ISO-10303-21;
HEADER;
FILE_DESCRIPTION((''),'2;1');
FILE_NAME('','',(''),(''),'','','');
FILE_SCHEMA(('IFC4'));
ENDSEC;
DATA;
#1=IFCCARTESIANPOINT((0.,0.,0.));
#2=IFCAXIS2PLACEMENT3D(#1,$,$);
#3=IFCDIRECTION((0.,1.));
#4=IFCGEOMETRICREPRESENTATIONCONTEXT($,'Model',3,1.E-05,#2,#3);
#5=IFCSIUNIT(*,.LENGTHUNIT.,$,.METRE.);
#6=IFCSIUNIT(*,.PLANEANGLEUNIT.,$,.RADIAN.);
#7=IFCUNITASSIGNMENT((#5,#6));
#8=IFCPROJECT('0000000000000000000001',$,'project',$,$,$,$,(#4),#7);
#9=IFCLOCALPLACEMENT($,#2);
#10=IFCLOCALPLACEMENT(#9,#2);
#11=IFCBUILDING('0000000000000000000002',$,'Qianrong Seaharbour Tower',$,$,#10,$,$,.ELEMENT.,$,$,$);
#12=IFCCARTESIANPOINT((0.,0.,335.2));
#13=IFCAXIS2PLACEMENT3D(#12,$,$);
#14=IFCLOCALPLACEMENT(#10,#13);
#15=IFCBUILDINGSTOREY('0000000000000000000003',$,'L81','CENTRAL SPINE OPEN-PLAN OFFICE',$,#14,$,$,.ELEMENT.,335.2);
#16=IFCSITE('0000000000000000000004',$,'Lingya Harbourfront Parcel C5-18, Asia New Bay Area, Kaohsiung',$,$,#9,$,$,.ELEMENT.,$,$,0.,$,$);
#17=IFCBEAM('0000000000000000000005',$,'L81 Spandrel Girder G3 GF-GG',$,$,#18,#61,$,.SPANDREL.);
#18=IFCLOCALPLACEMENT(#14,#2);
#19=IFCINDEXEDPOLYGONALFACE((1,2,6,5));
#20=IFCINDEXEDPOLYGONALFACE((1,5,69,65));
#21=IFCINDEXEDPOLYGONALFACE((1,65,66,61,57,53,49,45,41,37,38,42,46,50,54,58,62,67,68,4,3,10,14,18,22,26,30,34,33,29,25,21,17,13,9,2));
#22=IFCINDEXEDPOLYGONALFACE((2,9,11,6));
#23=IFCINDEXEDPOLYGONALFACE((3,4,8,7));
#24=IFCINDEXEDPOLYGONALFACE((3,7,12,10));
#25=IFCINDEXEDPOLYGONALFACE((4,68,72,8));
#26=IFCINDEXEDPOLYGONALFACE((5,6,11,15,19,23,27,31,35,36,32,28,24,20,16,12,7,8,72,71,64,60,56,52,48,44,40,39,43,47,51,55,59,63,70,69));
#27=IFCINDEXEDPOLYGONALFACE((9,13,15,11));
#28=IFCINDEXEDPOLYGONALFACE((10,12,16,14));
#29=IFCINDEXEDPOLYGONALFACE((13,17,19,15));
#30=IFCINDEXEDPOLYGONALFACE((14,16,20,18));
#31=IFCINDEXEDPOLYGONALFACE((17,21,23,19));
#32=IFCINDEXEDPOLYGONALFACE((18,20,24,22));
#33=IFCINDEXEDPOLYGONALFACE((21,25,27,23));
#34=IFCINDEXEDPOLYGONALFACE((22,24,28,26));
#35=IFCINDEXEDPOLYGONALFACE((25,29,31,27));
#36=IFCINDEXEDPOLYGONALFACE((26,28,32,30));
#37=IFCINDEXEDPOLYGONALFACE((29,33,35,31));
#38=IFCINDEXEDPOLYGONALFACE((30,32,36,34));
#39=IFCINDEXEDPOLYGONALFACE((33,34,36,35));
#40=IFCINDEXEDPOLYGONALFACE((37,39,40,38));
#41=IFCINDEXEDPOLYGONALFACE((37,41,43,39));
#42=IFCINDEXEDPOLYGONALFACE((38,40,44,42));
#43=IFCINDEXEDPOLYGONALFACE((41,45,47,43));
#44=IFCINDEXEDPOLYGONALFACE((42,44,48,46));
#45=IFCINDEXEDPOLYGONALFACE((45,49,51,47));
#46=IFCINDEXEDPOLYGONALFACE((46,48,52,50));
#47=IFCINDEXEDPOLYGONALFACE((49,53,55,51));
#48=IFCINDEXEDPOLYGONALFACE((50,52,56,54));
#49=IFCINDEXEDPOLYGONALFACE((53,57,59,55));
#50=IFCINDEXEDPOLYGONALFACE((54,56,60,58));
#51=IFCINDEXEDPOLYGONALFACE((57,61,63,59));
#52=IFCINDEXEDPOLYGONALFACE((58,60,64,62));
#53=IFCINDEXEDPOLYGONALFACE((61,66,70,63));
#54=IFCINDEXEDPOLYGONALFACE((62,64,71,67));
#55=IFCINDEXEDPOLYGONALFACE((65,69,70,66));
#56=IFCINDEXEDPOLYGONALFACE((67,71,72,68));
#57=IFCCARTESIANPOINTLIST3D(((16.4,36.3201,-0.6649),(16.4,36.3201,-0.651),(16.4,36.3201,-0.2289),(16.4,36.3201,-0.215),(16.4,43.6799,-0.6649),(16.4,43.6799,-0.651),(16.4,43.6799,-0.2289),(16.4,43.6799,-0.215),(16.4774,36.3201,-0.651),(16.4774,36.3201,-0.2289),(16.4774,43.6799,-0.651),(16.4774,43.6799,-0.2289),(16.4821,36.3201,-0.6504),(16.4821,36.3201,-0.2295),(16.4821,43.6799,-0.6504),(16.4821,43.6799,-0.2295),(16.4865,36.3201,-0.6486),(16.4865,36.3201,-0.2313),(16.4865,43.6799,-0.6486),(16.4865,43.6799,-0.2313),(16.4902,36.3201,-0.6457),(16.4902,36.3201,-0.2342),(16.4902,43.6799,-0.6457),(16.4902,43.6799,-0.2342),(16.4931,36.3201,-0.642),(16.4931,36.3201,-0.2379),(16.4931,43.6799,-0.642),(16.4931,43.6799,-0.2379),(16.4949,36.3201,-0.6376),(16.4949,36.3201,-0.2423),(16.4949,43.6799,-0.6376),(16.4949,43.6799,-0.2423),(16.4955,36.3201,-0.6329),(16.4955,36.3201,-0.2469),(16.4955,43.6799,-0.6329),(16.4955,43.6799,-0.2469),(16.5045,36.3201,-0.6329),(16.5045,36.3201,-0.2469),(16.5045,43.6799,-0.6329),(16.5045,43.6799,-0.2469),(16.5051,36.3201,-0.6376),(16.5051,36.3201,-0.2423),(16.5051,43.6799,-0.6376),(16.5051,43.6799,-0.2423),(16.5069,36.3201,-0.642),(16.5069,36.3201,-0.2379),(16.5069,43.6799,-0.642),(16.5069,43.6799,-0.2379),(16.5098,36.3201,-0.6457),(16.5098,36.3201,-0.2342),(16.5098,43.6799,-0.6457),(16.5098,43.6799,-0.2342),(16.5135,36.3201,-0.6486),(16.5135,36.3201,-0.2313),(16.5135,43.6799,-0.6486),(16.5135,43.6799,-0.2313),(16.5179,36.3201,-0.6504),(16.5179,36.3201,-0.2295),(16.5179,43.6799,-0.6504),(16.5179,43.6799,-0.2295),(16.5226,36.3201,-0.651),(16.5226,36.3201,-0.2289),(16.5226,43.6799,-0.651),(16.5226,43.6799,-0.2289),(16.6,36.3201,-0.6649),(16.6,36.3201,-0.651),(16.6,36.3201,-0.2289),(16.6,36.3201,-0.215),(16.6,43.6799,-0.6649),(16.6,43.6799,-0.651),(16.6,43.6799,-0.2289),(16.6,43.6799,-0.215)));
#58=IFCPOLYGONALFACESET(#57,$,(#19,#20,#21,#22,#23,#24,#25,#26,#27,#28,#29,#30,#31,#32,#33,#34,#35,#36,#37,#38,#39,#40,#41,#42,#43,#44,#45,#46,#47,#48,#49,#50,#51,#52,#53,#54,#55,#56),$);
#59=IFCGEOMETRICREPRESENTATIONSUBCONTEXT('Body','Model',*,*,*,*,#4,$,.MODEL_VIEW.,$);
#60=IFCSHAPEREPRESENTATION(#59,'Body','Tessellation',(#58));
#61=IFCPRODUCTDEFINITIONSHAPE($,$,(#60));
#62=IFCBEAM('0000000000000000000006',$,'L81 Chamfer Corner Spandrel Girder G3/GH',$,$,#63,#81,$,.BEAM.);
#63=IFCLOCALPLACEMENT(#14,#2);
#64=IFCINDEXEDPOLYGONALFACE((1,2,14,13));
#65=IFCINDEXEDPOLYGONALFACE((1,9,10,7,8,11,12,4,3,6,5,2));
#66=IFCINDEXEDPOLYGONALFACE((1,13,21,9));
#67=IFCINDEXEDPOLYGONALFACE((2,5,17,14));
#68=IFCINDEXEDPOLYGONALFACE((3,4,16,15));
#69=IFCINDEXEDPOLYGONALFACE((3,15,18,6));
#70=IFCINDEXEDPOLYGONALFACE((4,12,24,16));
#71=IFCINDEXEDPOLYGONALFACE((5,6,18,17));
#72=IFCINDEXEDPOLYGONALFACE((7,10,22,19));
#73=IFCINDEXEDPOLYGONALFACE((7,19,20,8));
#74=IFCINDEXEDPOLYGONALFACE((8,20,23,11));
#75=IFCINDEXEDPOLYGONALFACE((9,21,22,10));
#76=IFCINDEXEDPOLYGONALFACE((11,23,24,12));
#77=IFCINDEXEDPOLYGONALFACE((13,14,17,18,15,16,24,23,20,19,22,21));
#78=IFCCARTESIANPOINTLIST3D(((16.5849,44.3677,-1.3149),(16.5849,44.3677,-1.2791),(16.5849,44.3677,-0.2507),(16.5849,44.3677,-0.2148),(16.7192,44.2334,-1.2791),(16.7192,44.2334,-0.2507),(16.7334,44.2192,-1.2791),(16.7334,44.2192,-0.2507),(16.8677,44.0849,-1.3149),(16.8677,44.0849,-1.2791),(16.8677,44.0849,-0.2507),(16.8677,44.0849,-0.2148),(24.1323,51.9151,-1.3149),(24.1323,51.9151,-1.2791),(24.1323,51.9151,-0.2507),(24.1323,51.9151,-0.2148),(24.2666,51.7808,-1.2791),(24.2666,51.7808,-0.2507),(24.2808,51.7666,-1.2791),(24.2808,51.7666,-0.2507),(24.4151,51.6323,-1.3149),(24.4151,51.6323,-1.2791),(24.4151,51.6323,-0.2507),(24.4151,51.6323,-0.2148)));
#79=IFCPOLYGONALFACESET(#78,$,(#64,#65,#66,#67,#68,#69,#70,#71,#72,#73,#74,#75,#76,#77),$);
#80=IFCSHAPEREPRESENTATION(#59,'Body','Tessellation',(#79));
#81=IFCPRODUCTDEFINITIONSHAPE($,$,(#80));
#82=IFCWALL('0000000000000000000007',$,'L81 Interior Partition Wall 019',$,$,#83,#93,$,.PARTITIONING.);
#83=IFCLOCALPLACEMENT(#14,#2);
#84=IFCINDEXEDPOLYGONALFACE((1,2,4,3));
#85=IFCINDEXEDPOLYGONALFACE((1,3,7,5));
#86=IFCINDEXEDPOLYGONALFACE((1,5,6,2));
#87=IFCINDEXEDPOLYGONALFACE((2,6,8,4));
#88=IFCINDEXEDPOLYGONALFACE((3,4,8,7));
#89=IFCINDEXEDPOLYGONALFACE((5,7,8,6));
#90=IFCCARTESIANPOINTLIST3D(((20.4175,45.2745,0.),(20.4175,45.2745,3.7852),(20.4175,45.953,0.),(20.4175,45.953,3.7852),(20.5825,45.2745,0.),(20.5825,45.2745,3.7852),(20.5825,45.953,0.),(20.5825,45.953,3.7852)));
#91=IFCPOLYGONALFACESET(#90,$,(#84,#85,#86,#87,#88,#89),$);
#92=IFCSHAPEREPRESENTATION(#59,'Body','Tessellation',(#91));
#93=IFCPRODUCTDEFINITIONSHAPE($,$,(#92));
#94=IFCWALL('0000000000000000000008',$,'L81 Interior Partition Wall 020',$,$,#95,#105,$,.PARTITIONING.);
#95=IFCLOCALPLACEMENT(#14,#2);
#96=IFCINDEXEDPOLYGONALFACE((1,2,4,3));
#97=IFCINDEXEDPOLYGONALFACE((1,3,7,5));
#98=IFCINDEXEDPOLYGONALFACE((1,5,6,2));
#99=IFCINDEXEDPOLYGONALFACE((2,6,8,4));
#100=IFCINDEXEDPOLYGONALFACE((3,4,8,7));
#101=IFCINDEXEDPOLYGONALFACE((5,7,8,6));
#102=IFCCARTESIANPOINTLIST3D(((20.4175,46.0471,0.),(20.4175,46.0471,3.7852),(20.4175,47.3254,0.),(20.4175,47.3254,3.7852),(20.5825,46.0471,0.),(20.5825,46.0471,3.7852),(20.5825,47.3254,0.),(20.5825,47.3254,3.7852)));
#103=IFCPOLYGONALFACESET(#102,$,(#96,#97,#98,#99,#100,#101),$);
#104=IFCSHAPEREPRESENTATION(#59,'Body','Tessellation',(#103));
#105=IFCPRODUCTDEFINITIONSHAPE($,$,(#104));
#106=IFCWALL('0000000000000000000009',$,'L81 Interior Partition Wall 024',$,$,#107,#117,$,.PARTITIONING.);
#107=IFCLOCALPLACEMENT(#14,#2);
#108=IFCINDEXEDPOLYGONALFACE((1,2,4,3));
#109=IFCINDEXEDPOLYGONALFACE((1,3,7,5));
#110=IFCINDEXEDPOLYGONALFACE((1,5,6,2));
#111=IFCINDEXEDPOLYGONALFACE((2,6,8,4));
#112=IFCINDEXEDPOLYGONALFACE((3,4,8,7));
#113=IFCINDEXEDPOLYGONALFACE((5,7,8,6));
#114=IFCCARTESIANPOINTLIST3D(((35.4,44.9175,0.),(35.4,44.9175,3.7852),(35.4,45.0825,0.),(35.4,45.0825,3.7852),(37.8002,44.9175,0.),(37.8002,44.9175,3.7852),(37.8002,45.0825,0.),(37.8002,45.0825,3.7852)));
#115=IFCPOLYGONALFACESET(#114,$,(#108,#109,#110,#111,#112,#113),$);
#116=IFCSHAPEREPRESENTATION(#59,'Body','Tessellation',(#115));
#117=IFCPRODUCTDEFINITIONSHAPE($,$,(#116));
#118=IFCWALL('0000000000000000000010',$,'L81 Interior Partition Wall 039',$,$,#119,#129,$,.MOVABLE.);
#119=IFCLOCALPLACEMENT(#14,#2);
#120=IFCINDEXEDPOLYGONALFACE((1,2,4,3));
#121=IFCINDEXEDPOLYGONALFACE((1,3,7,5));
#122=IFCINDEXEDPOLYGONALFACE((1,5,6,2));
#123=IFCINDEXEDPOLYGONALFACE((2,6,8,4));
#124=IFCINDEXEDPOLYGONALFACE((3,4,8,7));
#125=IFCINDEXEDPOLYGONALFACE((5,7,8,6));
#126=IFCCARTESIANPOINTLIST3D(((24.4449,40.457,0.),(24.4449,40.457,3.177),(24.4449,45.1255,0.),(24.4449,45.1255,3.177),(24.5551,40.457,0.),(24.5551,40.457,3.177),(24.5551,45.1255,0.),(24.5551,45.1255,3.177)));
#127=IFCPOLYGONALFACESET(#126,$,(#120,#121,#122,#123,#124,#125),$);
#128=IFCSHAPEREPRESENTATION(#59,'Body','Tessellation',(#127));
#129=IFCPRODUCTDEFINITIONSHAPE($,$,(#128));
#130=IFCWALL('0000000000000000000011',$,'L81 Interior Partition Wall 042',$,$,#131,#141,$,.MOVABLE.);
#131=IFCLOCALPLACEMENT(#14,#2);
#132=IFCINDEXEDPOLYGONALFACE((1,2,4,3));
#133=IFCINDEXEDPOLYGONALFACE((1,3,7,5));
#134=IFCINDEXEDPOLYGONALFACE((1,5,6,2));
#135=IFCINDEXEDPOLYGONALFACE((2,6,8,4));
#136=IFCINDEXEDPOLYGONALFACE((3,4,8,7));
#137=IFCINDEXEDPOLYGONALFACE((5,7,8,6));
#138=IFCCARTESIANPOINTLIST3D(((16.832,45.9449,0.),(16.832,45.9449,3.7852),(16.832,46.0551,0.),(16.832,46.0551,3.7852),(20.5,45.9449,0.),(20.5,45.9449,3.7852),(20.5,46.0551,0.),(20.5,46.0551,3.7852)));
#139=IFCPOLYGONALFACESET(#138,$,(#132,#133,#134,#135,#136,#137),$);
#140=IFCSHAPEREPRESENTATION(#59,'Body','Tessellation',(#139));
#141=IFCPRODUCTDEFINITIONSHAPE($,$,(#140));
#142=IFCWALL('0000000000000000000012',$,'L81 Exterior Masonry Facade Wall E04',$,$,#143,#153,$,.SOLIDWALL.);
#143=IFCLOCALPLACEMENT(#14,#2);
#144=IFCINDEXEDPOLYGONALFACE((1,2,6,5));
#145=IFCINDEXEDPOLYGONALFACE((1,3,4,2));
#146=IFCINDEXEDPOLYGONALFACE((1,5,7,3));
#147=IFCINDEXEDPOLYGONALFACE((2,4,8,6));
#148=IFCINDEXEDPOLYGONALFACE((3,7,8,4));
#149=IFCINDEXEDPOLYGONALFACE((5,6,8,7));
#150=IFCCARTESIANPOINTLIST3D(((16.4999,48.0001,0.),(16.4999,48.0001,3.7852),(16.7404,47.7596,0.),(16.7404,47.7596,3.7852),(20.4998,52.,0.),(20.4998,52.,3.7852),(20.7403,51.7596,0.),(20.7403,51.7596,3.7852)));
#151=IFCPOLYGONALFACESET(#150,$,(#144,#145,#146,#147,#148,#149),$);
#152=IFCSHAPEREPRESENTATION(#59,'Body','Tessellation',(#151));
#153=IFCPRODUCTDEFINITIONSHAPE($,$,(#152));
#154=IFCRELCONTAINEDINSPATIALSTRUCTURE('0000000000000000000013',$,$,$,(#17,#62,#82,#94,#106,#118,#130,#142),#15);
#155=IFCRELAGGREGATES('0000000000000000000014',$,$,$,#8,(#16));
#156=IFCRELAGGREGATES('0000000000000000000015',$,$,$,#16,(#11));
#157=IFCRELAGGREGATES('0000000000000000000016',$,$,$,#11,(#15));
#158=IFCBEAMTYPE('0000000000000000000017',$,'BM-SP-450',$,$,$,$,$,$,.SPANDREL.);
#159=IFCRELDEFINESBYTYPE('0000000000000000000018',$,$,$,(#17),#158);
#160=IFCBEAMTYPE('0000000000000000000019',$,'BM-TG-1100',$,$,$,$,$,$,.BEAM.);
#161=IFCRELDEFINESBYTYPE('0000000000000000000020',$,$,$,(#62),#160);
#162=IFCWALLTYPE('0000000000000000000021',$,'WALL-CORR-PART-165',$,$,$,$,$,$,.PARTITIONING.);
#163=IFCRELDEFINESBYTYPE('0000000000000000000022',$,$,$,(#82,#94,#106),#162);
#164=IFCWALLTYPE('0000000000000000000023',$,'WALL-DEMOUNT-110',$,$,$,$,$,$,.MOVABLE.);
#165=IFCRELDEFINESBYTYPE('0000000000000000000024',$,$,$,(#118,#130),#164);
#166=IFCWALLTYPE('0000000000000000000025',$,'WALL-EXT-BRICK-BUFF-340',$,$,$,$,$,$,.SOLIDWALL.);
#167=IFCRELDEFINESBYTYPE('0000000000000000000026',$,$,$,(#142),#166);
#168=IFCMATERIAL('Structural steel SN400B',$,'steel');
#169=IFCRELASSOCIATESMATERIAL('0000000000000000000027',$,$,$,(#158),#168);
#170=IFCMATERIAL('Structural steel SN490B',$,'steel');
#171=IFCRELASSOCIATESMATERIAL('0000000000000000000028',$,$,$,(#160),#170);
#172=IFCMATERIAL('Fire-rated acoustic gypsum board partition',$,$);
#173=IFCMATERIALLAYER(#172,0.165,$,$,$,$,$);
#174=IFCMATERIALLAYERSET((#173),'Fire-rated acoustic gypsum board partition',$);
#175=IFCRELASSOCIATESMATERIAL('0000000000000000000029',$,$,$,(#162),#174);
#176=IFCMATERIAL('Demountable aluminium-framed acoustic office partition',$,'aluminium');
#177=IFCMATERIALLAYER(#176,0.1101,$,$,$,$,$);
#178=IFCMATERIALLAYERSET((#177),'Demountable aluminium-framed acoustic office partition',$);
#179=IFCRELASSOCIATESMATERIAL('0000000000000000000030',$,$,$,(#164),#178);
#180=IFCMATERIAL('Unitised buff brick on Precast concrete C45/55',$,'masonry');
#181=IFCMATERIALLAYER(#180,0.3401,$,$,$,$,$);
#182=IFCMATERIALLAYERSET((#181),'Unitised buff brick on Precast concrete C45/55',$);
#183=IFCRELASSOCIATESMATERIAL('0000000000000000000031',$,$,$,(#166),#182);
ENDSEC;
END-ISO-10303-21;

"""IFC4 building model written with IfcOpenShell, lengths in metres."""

from ifc_helpers import new_model, si_unit, direction, frame, frame_2d, origin, origin_2d, place, context, subcontext, project, spatial, rectangle, i_section, extrude, material, layer, layer_set, material_profile, profile_set, type_object, element, save


model = new_model("IFC4")

# Units and contexts
model_context = context("Model", 3, precision=1e-05, world=origin(), true_north=direction((0.0, 1.0)))
body_context = subcontext(model_context, "Body", "Model", "MODEL_VIEW")
ifc_project = project(units=[si_unit("LENGTHUNIT", "METRE"), si_unit("PLANEANGLEUNIT", "RADIAN")], contexts=[model_context])

# Site, building, storey
site_placement = place(None, origin())
site = spatial("IfcSite", under=ifc_project, at=site_placement, Name="Lingya Harbourfront Parcel C5-18, Asia New Bay Area, Kaohsiung", CompositionType="ELEMENT", RefElevation=0.0)
building_placement = place(site_placement, origin())
building = spatial("IfcBuilding", under=site, at=building_placement, Name="Qianrong Seaharbour Tower", CompositionType="ELEMENT")
storey_placement = place(building_placement, frame((0.0, 0.0, 335.2)))
storey = spatial("IfcBuildingStorey", under=building, at=storey_placement, Name="L81", Description="CENTRAL SPINE OPEN-PLAN OFFICE", CompositionType="ELEMENT", Elevation=335.2)

# Shared definitions
ifc_material_1 = material(Name="Structural steel SN490B", Category="steel")
ifc_material_2 = material(Name="Structural steel SN400B", Category="steel")

# Beams
ifc_material_profile_1 = material_profile(ifc_material_2, i_section(OverallWidth=0.2, OverallDepth=0.45, WebThickness=0.009, FlangeThickness=0.0139, FilletRadius=0.0181, at=origin_2d()), Name="H450x200x9x14")
ifc_profile_set_1 = profile_set([ifc_material_profile_1], Name="Structural steel SN400B")
beam_type_1 = type_object("IfcBeamType", Name="BM-SP-450", PredefinedType="SPANDREL", material=ifc_profile_set_1)
for number, where, z_axis, x_axis, name in (
    (1, (16.5, 36.3201, -0.4399), (0.0, 1.0, 0.0), (-1.0, 0.0, 0.0), "L81 Spandrel Girder G3 GF-GG"),
):
    element("IfcBeam", number, at=place(storey_placement, frame(where, z_axis=z_axis, x_axis=x_axis)), inside=storey, type_object=beam_type_1, Name=name, PredefinedType="SPANDREL", context=body_context, shape_type="SweptSolid", body=[
        extrude(i_section(OverallWidth=0.2, OverallDepth=0.45, WebThickness=0.009, FlangeThickness=0.0139, FilletRadius=0.0181, at=origin_2d()), origin(), (0.0, 0.0, 1.0), 7.3599),
    ])
ifc_material_profile_2 = material_profile(ifc_material_1, i_section(OverallWidth=0.3999, OverallDepth=1.1001, WebThickness=0.02, FlangeThickness=0.0359, at=origin_2d()), Name="BH1100x400x20x36")
ifc_profile_set_2 = profile_set([ifc_material_profile_2], Name="Structural steel SN490B")
beam_type_2 = type_object("IfcBeamType", Name="BM-TG-1100", PredefinedType="BEAM", material=ifc_profile_set_2)
beam_1_placement = place(storey_placement, frame((24.2737, 51.7737, -0.7649), z_axis=(-0.707107, -0.707107, 0.0), x_axis=(0.707107, -0.707107, 0.0)))
element("IfcBeam", 2, at=beam_1_placement, inside=storey, type_object=beam_type_2, Name="L81 Chamfer Corner Spandrel Girder G3/GH", PredefinedType="BEAM", context=body_context, shape_type="SweptSolid", body=[
    extrude(i_section(OverallWidth=0.3999, OverallDepth=1.1001, WebThickness=0.02, FlangeThickness=0.0359, at=origin_2d()), origin(), (0.0, 0.0, 1.0), 10.6736),
])

# Shared definitions
ifc_material_3 = material(Name="Fire-rated acoustic gypsum board partition")
ifc_layer_1 = layer(ifc_material_3, 0.165)
ifc_layer_set_1 = layer_set([ifc_layer_1], Name="Fire-rated acoustic gypsum board partition")
wall_type_1 = type_object("IfcWallType", Name="WALL-CORR-PART-165", PredefinedType="PARTITIONING", material=ifc_layer_set_1)

# Walls
wall_1_placement = place(storey_placement, frame((20.5, 45.2744, 0.0), z_axis=(0.0, 0.0, 1.0), x_axis=(0.0, 1.0, 0.0)))
element("IfcWall", 3, at=wall_1_placement, inside=storey, type_object=wall_type_1, Name="L81 Interior Partition Wall 019", PredefinedType="PARTITIONING", context=body_context, shape_type="SweptSolid", body=[
    extrude(rectangle(XDim=0.6785, YDim=0.165, at=frame_2d((0.3394, 0.0))), origin(), (0.0, 0.0, 1.0), 3.7852),
])
wall_2_placement = place(storey_placement, frame((20.5, 46.0471, 0.0), z_axis=(0.0, 0.0, 1.0), x_axis=(0.0, 1.0, 0.0)))
element("IfcWall", 4, at=wall_2_placement, inside=storey, type_object=wall_type_1, Name="L81 Interior Partition Wall 020", PredefinedType="PARTITIONING", context=body_context, shape_type="SweptSolid", body=[
    extrude(rectangle(XDim=1.2783, YDim=0.165, at=frame_2d((0.6392, 0.0))), origin(), (0.0, 0.0, 1.0), 3.7852),
])

# Walls
wall_3_placement = place(storey_placement, frame((35.3999, 45.0, 0.0), z_axis=(0.0, 0.0, 1.0), x_axis=(1.0, 0.0, 0.0)))
element("IfcWall", 5, at=wall_3_placement, inside=storey, type_object=wall_type_1, Name="L81 Interior Partition Wall 024", PredefinedType="PARTITIONING", context=body_context, shape_type="SweptSolid", body=[
    extrude(rectangle(XDim=2.4001, YDim=0.165, at=frame_2d((1.2002, 0.0))), origin(), (0.0, 0.0, 1.0), 3.7852),
])
ifc_material_4 = material(Name="Demountable aluminium-framed acoustic office partition", Category="aluminium")
ifc_layer_2 = layer(ifc_material_4, 0.1101)
ifc_layer_set_2 = layer_set([ifc_layer_2], Name="Demountable aluminium-framed acoustic office partition")
wall_type_2 = type_object("IfcWallType", Name="WALL-DEMOUNT-110", PredefinedType="MOVABLE", material=ifc_layer_set_2)
wall_4_placement = place(storey_placement, frame((24.5, 40.457, 0.0), z_axis=(0.0, 0.0, 1.0), x_axis=(0.0, 1.0, 0.0)))
element("IfcWall", 6, at=wall_4_placement, inside=storey, type_object=wall_type_2, Name="L81 Interior Partition Wall 039", PredefinedType="MOVABLE", context=body_context, shape_type="SweptSolid", body=[
    extrude(rectangle(XDim=4.6685, YDim=0.1101, at=frame_2d((2.3342, 0.0))), origin(), (0.0, 0.0, 1.0), 3.177),
])
wall_5_placement = place(storey_placement, frame((16.832, 46.0, 0.0), z_axis=(0.0, 0.0, 1.0), x_axis=(1.0, 0.0, 0.0)))
element("IfcWall", 7, at=wall_5_placement, inside=storey, type_object=wall_type_2, Name="L81 Interior Partition Wall 042", PredefinedType="MOVABLE", context=body_context, shape_type="SweptSolid", body=[
    extrude(rectangle(XDim=3.668, YDim=0.1101, at=frame_2d((1.834, 0.0))), origin(), (0.0, 0.0, 1.0), 3.7852),
])
ifc_material_5 = material(Name="Unitised buff brick on Precast concrete C45/55", Category="masonry")
ifc_layer_3 = layer(ifc_material_5, 0.3401)
ifc_layer_set_3 = layer_set([ifc_layer_3], Name="Unitised buff brick on Precast concrete C45/55")
wall_type_3 = type_object("IfcWallType", Name="WALL-EXT-BRICK-BUFF-340", PredefinedType="SOLIDWALL", material=ifc_layer_set_3)
wall_6_placement = place(storey_placement, frame((16.6201, 47.8799, 0.0), z_axis=(0.0, 0.0, 1.0), x_axis=(0.707107, 0.707107, 0.0)))
element("IfcWall", 8, at=wall_6_placement, inside=storey, type_object=wall_type_3, Name="L81 Exterior Masonry Facade Wall E04", PredefinedType="SOLIDWALL", context=body_context, shape_type="SweptSolid", body=[
    extrude(rectangle(XDim=5.6567, YDim=0.3401, at=frame_2d((2.8284, 0.0))), origin(), (0.0, 0.0, 1.0), 3.7852),
])

save(model, "model.ifc")
